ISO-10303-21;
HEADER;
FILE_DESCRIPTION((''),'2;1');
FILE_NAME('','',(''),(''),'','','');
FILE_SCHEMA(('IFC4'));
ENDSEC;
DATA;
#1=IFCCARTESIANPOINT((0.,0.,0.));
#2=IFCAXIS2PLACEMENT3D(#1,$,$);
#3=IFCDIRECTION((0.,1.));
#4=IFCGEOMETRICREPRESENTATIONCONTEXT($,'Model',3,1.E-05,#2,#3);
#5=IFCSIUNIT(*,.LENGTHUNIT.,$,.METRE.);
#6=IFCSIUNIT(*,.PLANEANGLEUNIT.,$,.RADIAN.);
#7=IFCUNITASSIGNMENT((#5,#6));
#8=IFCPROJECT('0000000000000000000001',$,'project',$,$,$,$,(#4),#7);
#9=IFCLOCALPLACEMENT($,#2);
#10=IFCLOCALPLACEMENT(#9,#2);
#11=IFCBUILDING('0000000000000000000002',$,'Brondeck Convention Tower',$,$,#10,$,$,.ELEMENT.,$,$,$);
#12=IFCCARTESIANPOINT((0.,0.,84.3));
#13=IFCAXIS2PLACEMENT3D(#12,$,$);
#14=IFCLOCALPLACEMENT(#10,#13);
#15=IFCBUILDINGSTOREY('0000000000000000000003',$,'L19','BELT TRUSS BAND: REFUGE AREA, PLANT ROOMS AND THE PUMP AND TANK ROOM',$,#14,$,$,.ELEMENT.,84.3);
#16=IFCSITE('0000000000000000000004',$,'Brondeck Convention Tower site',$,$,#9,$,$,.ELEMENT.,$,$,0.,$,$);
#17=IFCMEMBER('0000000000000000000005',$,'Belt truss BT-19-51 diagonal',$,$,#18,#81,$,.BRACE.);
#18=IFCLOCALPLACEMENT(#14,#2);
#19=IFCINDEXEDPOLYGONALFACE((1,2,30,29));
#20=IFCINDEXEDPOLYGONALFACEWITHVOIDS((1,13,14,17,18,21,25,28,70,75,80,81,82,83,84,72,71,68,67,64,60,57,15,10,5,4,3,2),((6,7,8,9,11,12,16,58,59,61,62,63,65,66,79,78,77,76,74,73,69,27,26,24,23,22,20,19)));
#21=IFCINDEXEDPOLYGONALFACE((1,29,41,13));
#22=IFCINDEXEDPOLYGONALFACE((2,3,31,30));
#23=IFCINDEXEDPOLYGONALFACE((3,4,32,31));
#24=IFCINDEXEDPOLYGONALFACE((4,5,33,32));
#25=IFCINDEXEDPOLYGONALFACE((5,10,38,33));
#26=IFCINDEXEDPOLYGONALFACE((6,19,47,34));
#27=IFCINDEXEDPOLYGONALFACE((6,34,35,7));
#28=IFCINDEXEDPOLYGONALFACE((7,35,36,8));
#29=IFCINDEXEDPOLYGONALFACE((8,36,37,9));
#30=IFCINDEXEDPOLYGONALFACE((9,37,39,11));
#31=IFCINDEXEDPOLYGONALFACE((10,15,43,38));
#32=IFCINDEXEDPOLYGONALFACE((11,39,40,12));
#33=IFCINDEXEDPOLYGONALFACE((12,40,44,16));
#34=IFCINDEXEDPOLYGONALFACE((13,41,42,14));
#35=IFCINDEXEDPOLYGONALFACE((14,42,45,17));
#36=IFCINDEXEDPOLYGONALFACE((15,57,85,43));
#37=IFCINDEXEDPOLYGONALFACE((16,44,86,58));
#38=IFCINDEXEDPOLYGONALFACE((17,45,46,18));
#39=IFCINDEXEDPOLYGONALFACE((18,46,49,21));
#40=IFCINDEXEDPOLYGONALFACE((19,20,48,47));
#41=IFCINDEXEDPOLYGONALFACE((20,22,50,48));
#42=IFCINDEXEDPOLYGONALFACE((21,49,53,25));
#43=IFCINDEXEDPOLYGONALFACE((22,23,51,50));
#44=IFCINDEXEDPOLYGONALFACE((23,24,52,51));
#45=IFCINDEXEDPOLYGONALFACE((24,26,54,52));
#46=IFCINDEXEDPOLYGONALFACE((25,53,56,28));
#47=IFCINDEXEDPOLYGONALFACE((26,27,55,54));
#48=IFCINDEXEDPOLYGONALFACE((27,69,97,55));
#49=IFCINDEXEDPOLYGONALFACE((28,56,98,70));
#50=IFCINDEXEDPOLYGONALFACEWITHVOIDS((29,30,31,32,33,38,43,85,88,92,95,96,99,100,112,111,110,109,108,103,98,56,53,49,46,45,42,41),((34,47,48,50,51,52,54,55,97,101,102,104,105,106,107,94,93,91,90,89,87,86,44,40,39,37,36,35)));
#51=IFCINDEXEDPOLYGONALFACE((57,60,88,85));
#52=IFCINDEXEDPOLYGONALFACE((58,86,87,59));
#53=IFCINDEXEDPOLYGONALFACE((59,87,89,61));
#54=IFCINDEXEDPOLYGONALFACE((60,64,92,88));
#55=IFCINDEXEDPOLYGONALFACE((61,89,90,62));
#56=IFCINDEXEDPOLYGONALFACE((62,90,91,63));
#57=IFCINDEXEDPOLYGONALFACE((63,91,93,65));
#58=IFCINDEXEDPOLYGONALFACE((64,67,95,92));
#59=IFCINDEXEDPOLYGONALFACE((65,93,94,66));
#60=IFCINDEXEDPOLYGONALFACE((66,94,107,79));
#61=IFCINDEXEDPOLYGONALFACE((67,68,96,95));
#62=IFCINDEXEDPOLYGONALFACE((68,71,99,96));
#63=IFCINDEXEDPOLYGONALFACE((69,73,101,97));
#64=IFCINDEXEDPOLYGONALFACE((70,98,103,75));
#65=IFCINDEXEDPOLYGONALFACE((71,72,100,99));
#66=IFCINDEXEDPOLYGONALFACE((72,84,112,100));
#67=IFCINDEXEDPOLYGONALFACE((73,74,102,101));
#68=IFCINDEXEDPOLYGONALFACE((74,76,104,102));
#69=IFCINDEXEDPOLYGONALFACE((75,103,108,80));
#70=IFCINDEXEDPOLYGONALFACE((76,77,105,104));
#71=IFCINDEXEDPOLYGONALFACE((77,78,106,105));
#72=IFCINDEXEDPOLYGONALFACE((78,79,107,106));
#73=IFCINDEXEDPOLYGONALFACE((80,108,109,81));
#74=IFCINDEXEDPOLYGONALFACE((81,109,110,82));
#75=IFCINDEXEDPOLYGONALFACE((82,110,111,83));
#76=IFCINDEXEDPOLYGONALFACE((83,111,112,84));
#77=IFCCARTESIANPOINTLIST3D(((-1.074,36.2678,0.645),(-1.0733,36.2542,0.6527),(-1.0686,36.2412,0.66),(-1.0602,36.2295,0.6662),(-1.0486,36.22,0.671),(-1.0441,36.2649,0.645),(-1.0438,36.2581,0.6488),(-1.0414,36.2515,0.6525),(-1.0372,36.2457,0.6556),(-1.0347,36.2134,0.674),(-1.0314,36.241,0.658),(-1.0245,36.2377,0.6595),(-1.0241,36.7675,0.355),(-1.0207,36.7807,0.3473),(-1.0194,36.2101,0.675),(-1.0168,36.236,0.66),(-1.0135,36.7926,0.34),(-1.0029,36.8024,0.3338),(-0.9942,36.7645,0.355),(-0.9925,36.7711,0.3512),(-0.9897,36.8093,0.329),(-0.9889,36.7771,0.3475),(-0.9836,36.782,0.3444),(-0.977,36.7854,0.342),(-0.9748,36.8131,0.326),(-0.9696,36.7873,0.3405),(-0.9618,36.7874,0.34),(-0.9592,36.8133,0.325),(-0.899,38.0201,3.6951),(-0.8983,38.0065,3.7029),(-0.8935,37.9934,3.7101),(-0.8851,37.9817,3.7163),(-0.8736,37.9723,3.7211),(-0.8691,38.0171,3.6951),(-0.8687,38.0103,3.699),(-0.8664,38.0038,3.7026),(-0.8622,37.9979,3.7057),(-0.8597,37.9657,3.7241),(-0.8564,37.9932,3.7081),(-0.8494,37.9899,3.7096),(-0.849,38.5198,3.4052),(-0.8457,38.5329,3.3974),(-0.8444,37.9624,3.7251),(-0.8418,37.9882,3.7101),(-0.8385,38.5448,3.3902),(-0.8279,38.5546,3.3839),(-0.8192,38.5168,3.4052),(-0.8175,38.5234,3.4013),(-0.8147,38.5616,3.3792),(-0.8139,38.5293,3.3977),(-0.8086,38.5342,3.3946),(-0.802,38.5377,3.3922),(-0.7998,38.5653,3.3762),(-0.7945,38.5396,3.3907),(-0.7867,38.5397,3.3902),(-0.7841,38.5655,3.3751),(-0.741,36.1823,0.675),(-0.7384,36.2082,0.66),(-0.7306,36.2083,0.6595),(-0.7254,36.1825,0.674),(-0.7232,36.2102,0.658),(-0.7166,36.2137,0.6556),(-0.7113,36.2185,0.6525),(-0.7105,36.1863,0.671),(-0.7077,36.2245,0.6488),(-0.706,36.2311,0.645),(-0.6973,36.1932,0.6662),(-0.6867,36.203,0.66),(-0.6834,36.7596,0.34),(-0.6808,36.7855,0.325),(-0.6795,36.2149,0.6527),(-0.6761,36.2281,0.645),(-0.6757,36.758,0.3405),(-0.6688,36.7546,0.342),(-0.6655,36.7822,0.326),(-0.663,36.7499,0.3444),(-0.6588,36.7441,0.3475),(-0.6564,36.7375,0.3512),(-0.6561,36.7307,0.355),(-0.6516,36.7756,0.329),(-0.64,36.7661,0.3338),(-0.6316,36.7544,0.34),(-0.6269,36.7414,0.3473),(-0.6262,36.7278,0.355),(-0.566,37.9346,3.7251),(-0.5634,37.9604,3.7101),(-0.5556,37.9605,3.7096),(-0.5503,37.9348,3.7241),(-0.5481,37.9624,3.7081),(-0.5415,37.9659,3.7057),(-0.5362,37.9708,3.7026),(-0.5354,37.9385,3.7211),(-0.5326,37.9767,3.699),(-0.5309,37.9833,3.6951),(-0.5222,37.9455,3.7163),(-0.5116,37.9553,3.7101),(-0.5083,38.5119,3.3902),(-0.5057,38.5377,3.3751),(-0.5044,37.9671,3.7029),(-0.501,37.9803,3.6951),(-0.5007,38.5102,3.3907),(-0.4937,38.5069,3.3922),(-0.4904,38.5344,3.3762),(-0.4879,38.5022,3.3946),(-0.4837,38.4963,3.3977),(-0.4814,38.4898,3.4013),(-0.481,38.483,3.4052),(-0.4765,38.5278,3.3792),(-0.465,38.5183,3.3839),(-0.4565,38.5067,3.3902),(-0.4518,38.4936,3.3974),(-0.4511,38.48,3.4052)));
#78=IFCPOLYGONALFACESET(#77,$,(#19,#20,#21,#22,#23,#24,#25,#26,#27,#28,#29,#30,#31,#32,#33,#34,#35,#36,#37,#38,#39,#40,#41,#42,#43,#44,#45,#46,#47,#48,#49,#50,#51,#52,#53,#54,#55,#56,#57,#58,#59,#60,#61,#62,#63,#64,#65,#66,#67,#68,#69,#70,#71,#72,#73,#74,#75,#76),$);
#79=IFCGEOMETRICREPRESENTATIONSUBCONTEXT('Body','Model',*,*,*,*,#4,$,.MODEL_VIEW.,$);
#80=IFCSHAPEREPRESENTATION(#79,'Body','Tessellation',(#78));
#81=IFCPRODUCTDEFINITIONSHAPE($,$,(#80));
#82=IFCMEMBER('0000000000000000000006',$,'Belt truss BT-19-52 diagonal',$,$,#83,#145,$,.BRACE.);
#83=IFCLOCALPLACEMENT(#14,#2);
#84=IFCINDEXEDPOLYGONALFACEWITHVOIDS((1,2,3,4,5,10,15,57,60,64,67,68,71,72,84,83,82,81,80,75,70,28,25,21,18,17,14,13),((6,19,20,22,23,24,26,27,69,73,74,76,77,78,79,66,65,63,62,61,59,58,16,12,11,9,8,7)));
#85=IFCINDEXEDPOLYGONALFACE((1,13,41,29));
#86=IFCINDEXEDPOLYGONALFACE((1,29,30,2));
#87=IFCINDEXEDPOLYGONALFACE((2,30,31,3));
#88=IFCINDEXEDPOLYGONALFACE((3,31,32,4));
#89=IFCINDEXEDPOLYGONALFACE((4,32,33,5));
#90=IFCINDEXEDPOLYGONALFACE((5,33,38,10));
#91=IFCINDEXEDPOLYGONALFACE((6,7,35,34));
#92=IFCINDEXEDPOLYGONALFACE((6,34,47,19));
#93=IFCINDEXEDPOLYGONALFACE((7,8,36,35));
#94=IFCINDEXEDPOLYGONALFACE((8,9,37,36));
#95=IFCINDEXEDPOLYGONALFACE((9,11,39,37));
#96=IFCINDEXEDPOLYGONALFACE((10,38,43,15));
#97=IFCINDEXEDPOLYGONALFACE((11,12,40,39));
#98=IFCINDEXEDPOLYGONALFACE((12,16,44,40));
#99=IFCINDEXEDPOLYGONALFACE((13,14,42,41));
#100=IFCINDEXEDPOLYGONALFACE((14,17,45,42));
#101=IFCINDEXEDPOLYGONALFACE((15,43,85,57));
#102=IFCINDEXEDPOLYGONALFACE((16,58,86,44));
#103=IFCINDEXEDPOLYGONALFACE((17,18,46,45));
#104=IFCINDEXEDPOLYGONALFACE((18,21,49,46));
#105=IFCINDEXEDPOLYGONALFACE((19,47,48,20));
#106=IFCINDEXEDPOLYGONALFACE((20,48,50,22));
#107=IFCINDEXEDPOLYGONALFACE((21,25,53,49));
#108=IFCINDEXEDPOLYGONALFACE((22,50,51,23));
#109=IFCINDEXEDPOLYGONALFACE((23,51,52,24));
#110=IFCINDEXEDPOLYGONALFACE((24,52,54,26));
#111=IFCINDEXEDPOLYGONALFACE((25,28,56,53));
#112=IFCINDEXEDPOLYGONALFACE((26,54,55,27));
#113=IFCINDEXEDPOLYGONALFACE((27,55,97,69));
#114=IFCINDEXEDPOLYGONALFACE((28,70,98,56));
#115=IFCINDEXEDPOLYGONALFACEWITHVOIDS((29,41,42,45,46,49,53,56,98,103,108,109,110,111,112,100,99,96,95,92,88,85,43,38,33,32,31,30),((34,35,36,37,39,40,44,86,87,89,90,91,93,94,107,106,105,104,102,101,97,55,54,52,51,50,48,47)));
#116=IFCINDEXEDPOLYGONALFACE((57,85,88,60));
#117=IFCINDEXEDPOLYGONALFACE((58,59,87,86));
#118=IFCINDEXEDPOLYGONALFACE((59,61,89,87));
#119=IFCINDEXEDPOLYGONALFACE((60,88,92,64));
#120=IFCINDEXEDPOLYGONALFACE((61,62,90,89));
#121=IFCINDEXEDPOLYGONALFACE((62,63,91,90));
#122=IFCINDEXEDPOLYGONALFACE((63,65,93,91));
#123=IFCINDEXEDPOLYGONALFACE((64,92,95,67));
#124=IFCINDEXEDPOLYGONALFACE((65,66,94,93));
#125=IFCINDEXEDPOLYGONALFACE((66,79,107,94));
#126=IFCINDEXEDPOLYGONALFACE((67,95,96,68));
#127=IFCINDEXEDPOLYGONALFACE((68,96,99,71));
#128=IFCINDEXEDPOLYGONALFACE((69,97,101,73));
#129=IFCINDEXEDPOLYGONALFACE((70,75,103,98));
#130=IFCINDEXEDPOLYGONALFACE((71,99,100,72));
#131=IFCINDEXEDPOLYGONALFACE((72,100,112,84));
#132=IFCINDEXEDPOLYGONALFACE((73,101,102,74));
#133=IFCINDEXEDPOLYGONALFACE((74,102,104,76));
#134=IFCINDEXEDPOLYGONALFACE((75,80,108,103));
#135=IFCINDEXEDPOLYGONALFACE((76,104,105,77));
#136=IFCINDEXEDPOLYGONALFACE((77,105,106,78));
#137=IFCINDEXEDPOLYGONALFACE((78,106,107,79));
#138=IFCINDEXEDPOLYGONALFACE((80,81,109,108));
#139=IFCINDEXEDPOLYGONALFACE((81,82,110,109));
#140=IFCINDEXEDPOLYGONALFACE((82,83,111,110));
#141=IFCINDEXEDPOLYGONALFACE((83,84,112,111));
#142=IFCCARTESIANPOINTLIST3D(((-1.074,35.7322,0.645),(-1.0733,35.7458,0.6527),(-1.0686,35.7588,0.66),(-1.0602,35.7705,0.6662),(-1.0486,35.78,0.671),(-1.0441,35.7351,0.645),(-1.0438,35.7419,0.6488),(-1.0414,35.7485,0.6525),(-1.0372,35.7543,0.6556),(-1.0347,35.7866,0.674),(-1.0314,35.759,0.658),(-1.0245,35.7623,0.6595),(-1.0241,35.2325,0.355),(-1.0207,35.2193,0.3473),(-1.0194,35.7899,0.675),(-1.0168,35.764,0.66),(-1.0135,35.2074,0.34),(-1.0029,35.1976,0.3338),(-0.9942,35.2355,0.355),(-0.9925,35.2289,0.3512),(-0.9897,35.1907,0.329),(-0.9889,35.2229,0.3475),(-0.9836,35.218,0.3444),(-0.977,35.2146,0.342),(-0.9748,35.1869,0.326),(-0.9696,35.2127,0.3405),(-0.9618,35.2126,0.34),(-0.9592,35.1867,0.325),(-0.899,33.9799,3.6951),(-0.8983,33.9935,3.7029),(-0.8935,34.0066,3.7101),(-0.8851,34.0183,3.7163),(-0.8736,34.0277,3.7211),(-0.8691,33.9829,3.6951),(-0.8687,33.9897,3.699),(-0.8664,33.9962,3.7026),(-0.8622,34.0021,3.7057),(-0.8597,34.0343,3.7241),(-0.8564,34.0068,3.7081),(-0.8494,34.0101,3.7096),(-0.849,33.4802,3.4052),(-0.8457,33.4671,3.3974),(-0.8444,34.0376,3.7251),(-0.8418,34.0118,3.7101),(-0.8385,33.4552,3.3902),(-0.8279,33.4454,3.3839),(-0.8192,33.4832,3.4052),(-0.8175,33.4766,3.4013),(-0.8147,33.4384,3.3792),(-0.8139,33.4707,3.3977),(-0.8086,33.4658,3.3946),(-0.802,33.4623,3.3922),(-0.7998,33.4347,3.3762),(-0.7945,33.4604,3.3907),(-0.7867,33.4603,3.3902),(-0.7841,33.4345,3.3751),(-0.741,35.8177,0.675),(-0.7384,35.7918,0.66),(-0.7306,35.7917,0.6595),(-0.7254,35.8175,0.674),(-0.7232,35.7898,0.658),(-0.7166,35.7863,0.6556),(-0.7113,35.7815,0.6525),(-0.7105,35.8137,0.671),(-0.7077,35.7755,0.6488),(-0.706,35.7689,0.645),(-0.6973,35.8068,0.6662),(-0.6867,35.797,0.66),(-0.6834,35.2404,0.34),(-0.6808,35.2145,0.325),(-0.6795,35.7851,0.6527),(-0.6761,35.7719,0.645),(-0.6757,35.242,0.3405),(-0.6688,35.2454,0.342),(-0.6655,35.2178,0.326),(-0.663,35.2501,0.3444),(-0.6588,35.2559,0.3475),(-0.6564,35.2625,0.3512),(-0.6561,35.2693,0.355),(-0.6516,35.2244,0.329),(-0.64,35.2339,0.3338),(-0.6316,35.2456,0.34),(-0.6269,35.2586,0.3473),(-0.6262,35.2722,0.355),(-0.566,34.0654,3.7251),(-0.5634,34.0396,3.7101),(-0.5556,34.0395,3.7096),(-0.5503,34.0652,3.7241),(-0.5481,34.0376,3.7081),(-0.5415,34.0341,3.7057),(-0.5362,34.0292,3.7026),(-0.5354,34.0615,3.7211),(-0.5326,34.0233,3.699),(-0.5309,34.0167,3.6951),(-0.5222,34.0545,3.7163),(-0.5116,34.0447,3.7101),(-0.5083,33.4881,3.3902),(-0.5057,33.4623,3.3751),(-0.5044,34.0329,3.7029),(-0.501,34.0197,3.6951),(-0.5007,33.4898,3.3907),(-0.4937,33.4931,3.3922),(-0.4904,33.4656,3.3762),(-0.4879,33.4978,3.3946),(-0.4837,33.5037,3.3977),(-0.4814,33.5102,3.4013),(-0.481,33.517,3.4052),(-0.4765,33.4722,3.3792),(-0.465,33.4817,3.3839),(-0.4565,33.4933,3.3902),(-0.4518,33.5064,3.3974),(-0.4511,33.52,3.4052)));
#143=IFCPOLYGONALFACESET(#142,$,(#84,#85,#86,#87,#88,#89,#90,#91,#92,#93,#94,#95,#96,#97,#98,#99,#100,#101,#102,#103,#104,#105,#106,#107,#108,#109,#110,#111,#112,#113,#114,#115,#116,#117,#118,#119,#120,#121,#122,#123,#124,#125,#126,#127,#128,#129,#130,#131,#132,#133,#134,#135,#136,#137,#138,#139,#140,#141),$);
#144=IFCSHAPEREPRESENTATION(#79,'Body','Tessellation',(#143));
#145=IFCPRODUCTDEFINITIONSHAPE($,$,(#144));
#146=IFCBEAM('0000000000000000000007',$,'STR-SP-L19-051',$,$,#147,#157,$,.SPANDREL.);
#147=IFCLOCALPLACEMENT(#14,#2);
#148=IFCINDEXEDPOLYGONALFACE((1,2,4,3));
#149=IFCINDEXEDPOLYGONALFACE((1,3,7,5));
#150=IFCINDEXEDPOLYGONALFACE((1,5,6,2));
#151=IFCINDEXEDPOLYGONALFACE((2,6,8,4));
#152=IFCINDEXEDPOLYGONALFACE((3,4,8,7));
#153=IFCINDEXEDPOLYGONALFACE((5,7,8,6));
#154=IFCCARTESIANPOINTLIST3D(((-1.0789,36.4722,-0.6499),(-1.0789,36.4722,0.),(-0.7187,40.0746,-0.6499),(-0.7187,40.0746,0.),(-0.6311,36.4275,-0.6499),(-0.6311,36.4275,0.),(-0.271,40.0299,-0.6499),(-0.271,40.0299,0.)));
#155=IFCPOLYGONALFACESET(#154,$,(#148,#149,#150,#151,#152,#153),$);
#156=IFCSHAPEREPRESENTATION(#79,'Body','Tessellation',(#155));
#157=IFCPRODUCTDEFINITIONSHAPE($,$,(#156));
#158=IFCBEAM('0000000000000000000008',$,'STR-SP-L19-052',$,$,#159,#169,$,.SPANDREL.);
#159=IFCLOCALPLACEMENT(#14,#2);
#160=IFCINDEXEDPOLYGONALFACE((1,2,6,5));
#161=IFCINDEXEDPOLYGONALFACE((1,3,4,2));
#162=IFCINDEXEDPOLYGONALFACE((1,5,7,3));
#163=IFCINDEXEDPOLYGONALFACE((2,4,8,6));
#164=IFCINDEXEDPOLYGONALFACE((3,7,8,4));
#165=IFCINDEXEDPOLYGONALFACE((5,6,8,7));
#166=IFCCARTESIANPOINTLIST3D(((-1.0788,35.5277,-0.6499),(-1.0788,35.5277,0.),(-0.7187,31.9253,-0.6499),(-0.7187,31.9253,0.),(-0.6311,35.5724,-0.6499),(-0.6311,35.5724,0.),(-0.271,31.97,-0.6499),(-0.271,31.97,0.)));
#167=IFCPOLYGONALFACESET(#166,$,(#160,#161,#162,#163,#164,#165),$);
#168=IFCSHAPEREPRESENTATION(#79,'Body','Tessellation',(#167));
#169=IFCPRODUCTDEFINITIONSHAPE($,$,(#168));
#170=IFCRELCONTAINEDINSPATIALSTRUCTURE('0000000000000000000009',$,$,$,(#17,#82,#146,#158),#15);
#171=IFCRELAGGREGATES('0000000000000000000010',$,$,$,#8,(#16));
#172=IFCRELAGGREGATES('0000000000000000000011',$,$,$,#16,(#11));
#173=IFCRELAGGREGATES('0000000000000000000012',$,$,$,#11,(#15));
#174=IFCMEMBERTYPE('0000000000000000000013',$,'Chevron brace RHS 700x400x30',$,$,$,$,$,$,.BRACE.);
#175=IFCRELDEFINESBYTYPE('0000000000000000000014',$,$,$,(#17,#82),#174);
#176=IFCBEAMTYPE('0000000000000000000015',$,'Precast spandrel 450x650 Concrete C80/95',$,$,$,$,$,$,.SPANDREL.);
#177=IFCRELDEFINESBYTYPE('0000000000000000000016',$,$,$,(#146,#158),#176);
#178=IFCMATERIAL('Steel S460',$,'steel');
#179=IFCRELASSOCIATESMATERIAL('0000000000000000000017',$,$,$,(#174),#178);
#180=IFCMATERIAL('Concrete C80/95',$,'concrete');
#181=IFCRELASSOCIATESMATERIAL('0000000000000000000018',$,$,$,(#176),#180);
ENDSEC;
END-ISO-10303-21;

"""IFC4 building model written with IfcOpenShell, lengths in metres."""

from ifc_helpers import new_model, si_unit, direction, frame, origin, origin_2d, place, context, subcontext, project, spatial, rectangle, hollow_rectangle, extrude, material, material_profile, profile_set, type_object, element, save


model = new_model("IFC4")

# Units and contexts
model_context = context("Model", 3, precision=1e-05, world=origin(), true_north=direction((0.0, 1.0)))
body_context = subcontext(model_context, "Body", "Model", "MODEL_VIEW")
ifc_project = project(units=[si_unit("LENGTHUNIT", "METRE"), si_unit("PLANEANGLEUNIT", "RADIAN")], contexts=[model_context])

# Site, building, storey
site_placement = place(None, origin())
site = spatial("IfcSite", under=ifc_project, at=site_placement, Name="Brondeck Convention Tower site", CompositionType="ELEMENT", RefElevation=0.0)
building_placement = place(site_placement, origin())
building = spatial("IfcBuilding", under=site, at=building_placement, Name="Brondeck Convention Tower", CompositionType="ELEMENT")
storey_placement = place(building_placement, frame((0.0, 0.0, 84.3)))
storey = spatial("IfcBuildingStorey", under=building, at=storey_placement, Name="L19", Description="BELT TRUSS BAND: REFUGE AREA, PLANT ROOMS AND THE PUMP AND TANK ROOM", CompositionType="ELEMENT", Elevation=84.3)

# Shared definitions
ifc_material_1 = material(Name="Concrete C80/95", Category="concrete")

# Members
ifc_material_2 = material(Name="Steel S460", Category="steel")
ifc_material_profile_1 = material_profile(ifc_material_2, hollow_rectangle(XDim=0.3999, YDim=0.7, WallThickness=0.03, InnerFilletRadius=0.03, OuterFilletRadius=0.0601, at=origin_2d()), Name="RHS 700x400x30")
ifc_profile_set_1 = profile_set([ifc_material_profile_1], Name="Steel S460")
member_type_1 = type_object("IfcMemberType", Name="Chevron brace RHS 700x400x30", PredefinedType="BRACE", material=ifc_profile_set_1)
for number, where, z_axis, x_axis, name in (
    (1, (-0.8501, 36.4978, 0.5), (0.049703, 0.497518, 0.866029), (-0.995047, 0.099408, 0.0), "Belt truss BT-19-51 diagonal"),
    (2, (-0.8501, 35.5022, 0.5), (0.049703, -0.497518, 0.866029), (0.995047, 0.099408, 0.0), "Belt truss BT-19-52 diagonal"),
):
    element("IfcMember", number, at=place(storey_placement, frame(where, z_axis=z_axis, x_axis=x_axis)), inside=storey, type_object=member_type_1, Name=name, PredefinedType="BRACE", context=body_context, shape_type="SweptSolid", body=[
        extrude(hollow_rectangle(XDim=0.3999, YDim=0.7, WallThickness=0.03, InnerFilletRadius=0.03, OuterFilletRadius=0.0601, at=origin_2d()), origin(), (0.0, 0.0, 1.0), 3.522),
    ])

# Beams
ifc_material_profile_2 = material_profile(ifc_material_1, rectangle(XDim=0.45, YDim=0.6499, at=origin_2d()), Name="Precast spandrel 450x650 Concrete C80/95")
ifc_profile_set_2 = profile_set([ifc_material_profile_2], Name="Concrete C80/95")
beam_type = type_object("IfcBeamType", Name="Precast spandrel 450x650 Concrete C80/95", PredefinedType="SPANDREL", material=ifc_profile_set_2)
for number, where, z_axis, x_axis, name in (
    (3, (-0.4949, 40.0522, -0.325), (-0.09947, -0.995041, 0.0), (0.995041, -0.09947, 0.0), "STR-SP-L19-051"),
    (4, (-0.855, 35.55, -0.325), (0.09947, -0.995041, 0.0), (0.995041, 0.09947, 0.0), "STR-SP-L19-052"),
):
    element("IfcBeam", number, at=place(storey_placement, frame(where, z_axis=z_axis, x_axis=x_axis)), inside=storey, type_object=beam_type, Name=name, PredefinedType="SPANDREL", context=body_context, shape_type="SweptSolid", body=[
        extrude(rectangle(XDim=0.45, YDim=0.6499, at=origin_2d()), origin(), (0.0, 0.0, 1.0), 3.6204),
    ])

save(model, "model.ifc")
